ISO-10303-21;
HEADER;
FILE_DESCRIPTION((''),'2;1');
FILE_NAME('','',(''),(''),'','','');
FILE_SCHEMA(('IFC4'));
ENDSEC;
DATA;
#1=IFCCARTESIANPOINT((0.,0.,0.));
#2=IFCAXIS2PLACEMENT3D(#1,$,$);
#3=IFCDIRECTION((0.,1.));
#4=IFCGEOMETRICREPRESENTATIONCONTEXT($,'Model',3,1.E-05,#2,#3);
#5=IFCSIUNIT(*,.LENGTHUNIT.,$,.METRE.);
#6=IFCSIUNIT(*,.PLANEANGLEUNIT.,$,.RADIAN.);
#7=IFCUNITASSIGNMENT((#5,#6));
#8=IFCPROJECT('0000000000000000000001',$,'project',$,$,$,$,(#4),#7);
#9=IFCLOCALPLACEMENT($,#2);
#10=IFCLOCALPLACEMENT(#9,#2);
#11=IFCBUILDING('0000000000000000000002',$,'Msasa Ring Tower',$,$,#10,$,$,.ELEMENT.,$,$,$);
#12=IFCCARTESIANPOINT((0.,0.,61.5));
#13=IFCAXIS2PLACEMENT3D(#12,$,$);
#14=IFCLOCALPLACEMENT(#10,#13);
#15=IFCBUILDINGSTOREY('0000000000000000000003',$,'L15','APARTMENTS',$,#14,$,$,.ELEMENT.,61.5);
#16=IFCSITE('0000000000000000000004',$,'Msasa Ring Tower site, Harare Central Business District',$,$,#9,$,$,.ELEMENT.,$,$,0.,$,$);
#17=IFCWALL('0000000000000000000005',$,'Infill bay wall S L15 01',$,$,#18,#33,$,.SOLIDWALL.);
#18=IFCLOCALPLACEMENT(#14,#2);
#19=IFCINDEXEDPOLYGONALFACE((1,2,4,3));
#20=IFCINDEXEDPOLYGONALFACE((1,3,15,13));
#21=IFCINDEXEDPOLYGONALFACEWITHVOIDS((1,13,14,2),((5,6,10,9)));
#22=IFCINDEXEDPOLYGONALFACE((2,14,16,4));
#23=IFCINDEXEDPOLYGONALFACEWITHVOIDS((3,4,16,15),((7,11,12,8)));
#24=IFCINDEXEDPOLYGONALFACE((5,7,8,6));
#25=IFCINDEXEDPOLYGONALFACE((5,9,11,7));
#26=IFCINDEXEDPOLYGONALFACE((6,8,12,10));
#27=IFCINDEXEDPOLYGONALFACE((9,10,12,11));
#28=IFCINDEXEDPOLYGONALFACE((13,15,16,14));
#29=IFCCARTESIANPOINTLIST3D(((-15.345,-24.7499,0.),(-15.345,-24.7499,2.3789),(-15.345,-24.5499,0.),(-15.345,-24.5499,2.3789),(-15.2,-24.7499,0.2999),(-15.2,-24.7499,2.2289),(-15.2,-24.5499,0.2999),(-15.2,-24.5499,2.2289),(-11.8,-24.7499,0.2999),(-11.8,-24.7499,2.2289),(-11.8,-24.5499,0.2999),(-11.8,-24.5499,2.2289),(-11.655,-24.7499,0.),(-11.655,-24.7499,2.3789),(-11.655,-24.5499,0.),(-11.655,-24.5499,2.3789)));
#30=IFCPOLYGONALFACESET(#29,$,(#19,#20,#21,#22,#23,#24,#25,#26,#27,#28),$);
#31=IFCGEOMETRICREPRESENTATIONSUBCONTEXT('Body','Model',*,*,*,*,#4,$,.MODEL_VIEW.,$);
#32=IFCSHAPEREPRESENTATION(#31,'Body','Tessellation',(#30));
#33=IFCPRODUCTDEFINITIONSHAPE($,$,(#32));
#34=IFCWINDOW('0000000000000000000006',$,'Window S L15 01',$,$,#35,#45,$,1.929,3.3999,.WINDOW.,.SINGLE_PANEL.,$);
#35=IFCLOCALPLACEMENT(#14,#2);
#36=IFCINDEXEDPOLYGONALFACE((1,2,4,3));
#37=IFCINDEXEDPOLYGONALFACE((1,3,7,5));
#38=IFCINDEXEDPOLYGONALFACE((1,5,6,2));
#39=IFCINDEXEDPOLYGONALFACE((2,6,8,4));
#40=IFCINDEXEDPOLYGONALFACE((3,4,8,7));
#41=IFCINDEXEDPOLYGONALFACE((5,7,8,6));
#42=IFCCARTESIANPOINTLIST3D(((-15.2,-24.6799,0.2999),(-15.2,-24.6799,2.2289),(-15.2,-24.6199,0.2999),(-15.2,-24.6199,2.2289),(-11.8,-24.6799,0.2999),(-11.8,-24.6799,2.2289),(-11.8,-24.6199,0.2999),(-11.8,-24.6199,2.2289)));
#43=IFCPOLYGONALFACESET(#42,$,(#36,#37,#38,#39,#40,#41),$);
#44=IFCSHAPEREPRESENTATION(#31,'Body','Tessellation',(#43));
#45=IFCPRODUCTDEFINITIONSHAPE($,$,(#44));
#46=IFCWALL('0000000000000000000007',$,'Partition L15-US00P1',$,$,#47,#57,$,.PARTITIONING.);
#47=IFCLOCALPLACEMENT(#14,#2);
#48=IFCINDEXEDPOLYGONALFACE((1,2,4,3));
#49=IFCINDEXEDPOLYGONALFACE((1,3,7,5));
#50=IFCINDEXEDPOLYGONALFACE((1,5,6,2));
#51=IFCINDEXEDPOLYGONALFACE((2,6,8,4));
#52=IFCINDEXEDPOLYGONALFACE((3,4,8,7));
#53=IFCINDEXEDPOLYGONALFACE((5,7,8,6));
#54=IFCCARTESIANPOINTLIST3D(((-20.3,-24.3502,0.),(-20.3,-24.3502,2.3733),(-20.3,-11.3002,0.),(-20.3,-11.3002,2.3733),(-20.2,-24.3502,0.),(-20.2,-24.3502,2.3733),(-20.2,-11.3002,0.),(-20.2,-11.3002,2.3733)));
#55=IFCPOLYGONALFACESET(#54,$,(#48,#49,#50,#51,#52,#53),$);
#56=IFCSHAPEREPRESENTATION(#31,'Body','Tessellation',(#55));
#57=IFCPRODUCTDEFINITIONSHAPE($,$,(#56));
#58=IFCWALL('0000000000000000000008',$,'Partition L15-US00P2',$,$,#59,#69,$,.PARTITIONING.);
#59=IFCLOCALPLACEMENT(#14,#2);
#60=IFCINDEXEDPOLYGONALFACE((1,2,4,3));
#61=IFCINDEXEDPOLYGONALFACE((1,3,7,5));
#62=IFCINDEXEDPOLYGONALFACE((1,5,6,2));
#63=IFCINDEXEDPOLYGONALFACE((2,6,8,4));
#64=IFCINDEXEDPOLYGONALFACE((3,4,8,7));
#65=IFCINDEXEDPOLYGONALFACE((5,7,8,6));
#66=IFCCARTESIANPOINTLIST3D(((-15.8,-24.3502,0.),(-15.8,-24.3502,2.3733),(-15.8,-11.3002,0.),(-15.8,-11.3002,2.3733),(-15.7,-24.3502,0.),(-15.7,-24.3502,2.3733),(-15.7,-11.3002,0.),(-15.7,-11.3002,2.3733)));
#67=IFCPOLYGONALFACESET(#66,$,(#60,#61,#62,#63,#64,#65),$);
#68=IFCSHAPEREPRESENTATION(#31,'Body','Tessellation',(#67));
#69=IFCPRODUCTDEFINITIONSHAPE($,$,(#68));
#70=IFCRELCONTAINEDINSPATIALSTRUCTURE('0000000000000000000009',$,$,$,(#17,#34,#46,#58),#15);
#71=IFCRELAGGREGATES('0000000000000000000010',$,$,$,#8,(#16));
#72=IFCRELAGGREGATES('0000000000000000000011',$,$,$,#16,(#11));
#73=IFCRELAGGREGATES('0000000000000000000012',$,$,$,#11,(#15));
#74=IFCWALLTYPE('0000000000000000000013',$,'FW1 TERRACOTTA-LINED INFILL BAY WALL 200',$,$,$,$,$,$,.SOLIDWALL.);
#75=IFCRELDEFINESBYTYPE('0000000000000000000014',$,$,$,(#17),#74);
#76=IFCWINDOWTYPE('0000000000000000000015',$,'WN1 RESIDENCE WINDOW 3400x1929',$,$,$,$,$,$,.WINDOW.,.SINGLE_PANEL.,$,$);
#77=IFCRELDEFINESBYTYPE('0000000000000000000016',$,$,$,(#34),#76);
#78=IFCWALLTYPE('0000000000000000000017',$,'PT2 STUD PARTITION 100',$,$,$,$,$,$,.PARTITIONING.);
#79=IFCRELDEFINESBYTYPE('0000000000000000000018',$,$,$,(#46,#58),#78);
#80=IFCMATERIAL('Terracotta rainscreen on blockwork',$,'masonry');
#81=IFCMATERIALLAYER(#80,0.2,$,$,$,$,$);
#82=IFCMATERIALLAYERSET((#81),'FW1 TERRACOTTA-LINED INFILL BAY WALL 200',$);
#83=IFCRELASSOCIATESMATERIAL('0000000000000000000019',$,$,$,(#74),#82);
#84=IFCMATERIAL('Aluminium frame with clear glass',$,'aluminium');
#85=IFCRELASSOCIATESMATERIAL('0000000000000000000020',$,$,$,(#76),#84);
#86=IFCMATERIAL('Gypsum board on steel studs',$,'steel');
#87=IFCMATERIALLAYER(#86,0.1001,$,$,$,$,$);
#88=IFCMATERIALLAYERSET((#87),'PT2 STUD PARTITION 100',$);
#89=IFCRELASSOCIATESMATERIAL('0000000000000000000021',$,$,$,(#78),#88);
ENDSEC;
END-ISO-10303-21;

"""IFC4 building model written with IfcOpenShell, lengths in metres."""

from ifc_helpers import new_model, si_unit, direction, frame, frame_2d, origin, place, context, subcontext, project, spatial, rectangle, extrude, material, layer, layer_set, type_object, element, fill, save


model = new_model("IFC4")

# Units and contexts
model_context = context("Model", 3, precision=1e-05, world=origin(), true_north=direction((0.0, 1.0)))
body_context = subcontext(model_context, "Body", "Model", "MODEL_VIEW")
ifc_project = project(units=[si_unit("LENGTHUNIT", "METRE"), si_unit("PLANEANGLEUNIT", "RADIAN")], contexts=[model_context])

# Site, building, storey
site_placement = place(None, origin())
site = spatial("IfcSite", under=ifc_project, at=site_placement, Name="Msasa Ring Tower site, Harare Central Business District", CompositionType="ELEMENT", RefElevation=0.0)
building_placement = place(site_placement, origin())
building = spatial("IfcBuilding", under=site, at=building_placement, Name="Msasa Ring Tower", CompositionType="ELEMENT")
storey_placement = place(building_placement, frame((0.0, 0.0, 61.5)))
storey = spatial("IfcBuildingStorey", under=building, at=storey_placement, Name="L15", Description="APARTMENTS", CompositionType="ELEMENT", Elevation=61.5)

# Wall, opening, window
ifc_material_1 = material(Name="Terracotta rainscreen on blockwork", Category="masonry")
ifc_layer_1 = layer(ifc_material_1, 0.2)
ifc_layer_set_1 = layer_set([ifc_layer_1], Name="FW1 TERRACOTTA-LINED INFILL BAY WALL 200")
wall_type_1 = type_object("IfcWallType", Name="FW1 TERRACOTTA-LINED INFILL BAY WALL 200", PredefinedType="SOLIDWALL", material=ifc_layer_set_1)
ifc_material_2 = material(Name="Aluminium frame with clear glass", Category="aluminium")
window_type = type_object("IfcWindowType", Name="WN1 RESIDENCE WINDOW 3400x1929", PartitioningType="SINGLE_PANEL", PredefinedType="WINDOW", material=ifc_material_2)
wall_1_placement = place(storey_placement, frame((-15.345, -24.6499, 0.0), z_axis=(0.0, 0.0, 1.0), x_axis=(1.0, 0.0, 0.0)))
wall_1 = element("IfcWall", 1, at=wall_1_placement, inside=storey, type_object=wall_type_1, Name="Infill bay wall S L15 01", PredefinedType="SOLIDWALL", context=body_context, shape_type="SweptSolid", body=[
    extrude(rectangle(XDim=3.6899, YDim=0.2, at=frame_2d((1.845, 0.0))), origin(), (0.0, 0.0, 1.0), 2.3789),
])
opening_1_placement = place(wall_1_placement, frame((0.145, 0.0, 0.3)))
opening_1 = element("IfcOpeningElement", 2, at=opening_1_placement, cuts=wall_1, PredefinedType="OPENING", context=body_context, shape_type="SweptSolid", body=[
    extrude(rectangle(XDim=3.3999, YDim=1.929, at=frame_2d((1.7, 0.9644))), frame((0.0, 0.1099, 0.0), z_axis=(0.0, -1.0, 0.0), x_axis=(1.0, 0.0, 0.0)), (0.0, 0.0, 1.0), 0.22),
])
window_1_placement = place(opening_1_placement, origin())
window_1 = element("IfcWindow", 3, at=window_1_placement, inside=storey, type_object=window_type, Name="Window S L15 01", OverallHeight=1.929, OverallWidth=3.3999, PartitioningType="SINGLE_PANEL", PredefinedType="WINDOW", context=body_context, shape_type="SweptSolid", body=[
    extrude(rectangle(XDim=3.3999, YDim=1.929, at=frame_2d((1.7, 0.9644))), frame((0.0, 0.03, 0.0), z_axis=(0.0, -1.0, 0.0), x_axis=(1.0, 0.0, 0.0)), (0.0, 0.0, 1.0), 0.0601),
])
fill(opening_1, window_1)

# Walls
ifc_material_3 = material(Name="Gypsum board on steel studs", Category="steel")
ifc_layer_2 = layer(ifc_material_3, 0.1001)
ifc_layer_set_2 = layer_set([ifc_layer_2], Name="PT2 STUD PARTITION 100")
wall_type_2 = type_object("IfcWallType", Name="PT2 STUD PARTITION 100", PredefinedType="PARTITIONING", material=ifc_layer_set_2)
for number, where, z_axis, x_axis, name in (
    (4, (-20.25, -24.3501, 0.0), (0.0, 0.0, 1.0), (0.0, 1.0, 0.0), "Partition L15-US00P1"),
    (5, (-15.75, -24.3501, 0.0), (0.0, 0.0, 1.0), (0.0, 1.0, 0.0), "Partition L15-US00P2"),
):
    element("IfcWall", number, at=place(storey_placement, frame(where, z_axis=z_axis, x_axis=x_axis)), inside=storey, type_object=wall_type_2, Name=name, PredefinedType="PARTITIONING", context=body_context, shape_type="SweptSolid", body=[
        extrude(rectangle(XDim=13.05, YDim=0.1001, at=frame_2d((6.5249, 0.0))), origin(), (0.0, 0.0, 1.0), 2.3733),
    ])

save(model, "model.ifc")
